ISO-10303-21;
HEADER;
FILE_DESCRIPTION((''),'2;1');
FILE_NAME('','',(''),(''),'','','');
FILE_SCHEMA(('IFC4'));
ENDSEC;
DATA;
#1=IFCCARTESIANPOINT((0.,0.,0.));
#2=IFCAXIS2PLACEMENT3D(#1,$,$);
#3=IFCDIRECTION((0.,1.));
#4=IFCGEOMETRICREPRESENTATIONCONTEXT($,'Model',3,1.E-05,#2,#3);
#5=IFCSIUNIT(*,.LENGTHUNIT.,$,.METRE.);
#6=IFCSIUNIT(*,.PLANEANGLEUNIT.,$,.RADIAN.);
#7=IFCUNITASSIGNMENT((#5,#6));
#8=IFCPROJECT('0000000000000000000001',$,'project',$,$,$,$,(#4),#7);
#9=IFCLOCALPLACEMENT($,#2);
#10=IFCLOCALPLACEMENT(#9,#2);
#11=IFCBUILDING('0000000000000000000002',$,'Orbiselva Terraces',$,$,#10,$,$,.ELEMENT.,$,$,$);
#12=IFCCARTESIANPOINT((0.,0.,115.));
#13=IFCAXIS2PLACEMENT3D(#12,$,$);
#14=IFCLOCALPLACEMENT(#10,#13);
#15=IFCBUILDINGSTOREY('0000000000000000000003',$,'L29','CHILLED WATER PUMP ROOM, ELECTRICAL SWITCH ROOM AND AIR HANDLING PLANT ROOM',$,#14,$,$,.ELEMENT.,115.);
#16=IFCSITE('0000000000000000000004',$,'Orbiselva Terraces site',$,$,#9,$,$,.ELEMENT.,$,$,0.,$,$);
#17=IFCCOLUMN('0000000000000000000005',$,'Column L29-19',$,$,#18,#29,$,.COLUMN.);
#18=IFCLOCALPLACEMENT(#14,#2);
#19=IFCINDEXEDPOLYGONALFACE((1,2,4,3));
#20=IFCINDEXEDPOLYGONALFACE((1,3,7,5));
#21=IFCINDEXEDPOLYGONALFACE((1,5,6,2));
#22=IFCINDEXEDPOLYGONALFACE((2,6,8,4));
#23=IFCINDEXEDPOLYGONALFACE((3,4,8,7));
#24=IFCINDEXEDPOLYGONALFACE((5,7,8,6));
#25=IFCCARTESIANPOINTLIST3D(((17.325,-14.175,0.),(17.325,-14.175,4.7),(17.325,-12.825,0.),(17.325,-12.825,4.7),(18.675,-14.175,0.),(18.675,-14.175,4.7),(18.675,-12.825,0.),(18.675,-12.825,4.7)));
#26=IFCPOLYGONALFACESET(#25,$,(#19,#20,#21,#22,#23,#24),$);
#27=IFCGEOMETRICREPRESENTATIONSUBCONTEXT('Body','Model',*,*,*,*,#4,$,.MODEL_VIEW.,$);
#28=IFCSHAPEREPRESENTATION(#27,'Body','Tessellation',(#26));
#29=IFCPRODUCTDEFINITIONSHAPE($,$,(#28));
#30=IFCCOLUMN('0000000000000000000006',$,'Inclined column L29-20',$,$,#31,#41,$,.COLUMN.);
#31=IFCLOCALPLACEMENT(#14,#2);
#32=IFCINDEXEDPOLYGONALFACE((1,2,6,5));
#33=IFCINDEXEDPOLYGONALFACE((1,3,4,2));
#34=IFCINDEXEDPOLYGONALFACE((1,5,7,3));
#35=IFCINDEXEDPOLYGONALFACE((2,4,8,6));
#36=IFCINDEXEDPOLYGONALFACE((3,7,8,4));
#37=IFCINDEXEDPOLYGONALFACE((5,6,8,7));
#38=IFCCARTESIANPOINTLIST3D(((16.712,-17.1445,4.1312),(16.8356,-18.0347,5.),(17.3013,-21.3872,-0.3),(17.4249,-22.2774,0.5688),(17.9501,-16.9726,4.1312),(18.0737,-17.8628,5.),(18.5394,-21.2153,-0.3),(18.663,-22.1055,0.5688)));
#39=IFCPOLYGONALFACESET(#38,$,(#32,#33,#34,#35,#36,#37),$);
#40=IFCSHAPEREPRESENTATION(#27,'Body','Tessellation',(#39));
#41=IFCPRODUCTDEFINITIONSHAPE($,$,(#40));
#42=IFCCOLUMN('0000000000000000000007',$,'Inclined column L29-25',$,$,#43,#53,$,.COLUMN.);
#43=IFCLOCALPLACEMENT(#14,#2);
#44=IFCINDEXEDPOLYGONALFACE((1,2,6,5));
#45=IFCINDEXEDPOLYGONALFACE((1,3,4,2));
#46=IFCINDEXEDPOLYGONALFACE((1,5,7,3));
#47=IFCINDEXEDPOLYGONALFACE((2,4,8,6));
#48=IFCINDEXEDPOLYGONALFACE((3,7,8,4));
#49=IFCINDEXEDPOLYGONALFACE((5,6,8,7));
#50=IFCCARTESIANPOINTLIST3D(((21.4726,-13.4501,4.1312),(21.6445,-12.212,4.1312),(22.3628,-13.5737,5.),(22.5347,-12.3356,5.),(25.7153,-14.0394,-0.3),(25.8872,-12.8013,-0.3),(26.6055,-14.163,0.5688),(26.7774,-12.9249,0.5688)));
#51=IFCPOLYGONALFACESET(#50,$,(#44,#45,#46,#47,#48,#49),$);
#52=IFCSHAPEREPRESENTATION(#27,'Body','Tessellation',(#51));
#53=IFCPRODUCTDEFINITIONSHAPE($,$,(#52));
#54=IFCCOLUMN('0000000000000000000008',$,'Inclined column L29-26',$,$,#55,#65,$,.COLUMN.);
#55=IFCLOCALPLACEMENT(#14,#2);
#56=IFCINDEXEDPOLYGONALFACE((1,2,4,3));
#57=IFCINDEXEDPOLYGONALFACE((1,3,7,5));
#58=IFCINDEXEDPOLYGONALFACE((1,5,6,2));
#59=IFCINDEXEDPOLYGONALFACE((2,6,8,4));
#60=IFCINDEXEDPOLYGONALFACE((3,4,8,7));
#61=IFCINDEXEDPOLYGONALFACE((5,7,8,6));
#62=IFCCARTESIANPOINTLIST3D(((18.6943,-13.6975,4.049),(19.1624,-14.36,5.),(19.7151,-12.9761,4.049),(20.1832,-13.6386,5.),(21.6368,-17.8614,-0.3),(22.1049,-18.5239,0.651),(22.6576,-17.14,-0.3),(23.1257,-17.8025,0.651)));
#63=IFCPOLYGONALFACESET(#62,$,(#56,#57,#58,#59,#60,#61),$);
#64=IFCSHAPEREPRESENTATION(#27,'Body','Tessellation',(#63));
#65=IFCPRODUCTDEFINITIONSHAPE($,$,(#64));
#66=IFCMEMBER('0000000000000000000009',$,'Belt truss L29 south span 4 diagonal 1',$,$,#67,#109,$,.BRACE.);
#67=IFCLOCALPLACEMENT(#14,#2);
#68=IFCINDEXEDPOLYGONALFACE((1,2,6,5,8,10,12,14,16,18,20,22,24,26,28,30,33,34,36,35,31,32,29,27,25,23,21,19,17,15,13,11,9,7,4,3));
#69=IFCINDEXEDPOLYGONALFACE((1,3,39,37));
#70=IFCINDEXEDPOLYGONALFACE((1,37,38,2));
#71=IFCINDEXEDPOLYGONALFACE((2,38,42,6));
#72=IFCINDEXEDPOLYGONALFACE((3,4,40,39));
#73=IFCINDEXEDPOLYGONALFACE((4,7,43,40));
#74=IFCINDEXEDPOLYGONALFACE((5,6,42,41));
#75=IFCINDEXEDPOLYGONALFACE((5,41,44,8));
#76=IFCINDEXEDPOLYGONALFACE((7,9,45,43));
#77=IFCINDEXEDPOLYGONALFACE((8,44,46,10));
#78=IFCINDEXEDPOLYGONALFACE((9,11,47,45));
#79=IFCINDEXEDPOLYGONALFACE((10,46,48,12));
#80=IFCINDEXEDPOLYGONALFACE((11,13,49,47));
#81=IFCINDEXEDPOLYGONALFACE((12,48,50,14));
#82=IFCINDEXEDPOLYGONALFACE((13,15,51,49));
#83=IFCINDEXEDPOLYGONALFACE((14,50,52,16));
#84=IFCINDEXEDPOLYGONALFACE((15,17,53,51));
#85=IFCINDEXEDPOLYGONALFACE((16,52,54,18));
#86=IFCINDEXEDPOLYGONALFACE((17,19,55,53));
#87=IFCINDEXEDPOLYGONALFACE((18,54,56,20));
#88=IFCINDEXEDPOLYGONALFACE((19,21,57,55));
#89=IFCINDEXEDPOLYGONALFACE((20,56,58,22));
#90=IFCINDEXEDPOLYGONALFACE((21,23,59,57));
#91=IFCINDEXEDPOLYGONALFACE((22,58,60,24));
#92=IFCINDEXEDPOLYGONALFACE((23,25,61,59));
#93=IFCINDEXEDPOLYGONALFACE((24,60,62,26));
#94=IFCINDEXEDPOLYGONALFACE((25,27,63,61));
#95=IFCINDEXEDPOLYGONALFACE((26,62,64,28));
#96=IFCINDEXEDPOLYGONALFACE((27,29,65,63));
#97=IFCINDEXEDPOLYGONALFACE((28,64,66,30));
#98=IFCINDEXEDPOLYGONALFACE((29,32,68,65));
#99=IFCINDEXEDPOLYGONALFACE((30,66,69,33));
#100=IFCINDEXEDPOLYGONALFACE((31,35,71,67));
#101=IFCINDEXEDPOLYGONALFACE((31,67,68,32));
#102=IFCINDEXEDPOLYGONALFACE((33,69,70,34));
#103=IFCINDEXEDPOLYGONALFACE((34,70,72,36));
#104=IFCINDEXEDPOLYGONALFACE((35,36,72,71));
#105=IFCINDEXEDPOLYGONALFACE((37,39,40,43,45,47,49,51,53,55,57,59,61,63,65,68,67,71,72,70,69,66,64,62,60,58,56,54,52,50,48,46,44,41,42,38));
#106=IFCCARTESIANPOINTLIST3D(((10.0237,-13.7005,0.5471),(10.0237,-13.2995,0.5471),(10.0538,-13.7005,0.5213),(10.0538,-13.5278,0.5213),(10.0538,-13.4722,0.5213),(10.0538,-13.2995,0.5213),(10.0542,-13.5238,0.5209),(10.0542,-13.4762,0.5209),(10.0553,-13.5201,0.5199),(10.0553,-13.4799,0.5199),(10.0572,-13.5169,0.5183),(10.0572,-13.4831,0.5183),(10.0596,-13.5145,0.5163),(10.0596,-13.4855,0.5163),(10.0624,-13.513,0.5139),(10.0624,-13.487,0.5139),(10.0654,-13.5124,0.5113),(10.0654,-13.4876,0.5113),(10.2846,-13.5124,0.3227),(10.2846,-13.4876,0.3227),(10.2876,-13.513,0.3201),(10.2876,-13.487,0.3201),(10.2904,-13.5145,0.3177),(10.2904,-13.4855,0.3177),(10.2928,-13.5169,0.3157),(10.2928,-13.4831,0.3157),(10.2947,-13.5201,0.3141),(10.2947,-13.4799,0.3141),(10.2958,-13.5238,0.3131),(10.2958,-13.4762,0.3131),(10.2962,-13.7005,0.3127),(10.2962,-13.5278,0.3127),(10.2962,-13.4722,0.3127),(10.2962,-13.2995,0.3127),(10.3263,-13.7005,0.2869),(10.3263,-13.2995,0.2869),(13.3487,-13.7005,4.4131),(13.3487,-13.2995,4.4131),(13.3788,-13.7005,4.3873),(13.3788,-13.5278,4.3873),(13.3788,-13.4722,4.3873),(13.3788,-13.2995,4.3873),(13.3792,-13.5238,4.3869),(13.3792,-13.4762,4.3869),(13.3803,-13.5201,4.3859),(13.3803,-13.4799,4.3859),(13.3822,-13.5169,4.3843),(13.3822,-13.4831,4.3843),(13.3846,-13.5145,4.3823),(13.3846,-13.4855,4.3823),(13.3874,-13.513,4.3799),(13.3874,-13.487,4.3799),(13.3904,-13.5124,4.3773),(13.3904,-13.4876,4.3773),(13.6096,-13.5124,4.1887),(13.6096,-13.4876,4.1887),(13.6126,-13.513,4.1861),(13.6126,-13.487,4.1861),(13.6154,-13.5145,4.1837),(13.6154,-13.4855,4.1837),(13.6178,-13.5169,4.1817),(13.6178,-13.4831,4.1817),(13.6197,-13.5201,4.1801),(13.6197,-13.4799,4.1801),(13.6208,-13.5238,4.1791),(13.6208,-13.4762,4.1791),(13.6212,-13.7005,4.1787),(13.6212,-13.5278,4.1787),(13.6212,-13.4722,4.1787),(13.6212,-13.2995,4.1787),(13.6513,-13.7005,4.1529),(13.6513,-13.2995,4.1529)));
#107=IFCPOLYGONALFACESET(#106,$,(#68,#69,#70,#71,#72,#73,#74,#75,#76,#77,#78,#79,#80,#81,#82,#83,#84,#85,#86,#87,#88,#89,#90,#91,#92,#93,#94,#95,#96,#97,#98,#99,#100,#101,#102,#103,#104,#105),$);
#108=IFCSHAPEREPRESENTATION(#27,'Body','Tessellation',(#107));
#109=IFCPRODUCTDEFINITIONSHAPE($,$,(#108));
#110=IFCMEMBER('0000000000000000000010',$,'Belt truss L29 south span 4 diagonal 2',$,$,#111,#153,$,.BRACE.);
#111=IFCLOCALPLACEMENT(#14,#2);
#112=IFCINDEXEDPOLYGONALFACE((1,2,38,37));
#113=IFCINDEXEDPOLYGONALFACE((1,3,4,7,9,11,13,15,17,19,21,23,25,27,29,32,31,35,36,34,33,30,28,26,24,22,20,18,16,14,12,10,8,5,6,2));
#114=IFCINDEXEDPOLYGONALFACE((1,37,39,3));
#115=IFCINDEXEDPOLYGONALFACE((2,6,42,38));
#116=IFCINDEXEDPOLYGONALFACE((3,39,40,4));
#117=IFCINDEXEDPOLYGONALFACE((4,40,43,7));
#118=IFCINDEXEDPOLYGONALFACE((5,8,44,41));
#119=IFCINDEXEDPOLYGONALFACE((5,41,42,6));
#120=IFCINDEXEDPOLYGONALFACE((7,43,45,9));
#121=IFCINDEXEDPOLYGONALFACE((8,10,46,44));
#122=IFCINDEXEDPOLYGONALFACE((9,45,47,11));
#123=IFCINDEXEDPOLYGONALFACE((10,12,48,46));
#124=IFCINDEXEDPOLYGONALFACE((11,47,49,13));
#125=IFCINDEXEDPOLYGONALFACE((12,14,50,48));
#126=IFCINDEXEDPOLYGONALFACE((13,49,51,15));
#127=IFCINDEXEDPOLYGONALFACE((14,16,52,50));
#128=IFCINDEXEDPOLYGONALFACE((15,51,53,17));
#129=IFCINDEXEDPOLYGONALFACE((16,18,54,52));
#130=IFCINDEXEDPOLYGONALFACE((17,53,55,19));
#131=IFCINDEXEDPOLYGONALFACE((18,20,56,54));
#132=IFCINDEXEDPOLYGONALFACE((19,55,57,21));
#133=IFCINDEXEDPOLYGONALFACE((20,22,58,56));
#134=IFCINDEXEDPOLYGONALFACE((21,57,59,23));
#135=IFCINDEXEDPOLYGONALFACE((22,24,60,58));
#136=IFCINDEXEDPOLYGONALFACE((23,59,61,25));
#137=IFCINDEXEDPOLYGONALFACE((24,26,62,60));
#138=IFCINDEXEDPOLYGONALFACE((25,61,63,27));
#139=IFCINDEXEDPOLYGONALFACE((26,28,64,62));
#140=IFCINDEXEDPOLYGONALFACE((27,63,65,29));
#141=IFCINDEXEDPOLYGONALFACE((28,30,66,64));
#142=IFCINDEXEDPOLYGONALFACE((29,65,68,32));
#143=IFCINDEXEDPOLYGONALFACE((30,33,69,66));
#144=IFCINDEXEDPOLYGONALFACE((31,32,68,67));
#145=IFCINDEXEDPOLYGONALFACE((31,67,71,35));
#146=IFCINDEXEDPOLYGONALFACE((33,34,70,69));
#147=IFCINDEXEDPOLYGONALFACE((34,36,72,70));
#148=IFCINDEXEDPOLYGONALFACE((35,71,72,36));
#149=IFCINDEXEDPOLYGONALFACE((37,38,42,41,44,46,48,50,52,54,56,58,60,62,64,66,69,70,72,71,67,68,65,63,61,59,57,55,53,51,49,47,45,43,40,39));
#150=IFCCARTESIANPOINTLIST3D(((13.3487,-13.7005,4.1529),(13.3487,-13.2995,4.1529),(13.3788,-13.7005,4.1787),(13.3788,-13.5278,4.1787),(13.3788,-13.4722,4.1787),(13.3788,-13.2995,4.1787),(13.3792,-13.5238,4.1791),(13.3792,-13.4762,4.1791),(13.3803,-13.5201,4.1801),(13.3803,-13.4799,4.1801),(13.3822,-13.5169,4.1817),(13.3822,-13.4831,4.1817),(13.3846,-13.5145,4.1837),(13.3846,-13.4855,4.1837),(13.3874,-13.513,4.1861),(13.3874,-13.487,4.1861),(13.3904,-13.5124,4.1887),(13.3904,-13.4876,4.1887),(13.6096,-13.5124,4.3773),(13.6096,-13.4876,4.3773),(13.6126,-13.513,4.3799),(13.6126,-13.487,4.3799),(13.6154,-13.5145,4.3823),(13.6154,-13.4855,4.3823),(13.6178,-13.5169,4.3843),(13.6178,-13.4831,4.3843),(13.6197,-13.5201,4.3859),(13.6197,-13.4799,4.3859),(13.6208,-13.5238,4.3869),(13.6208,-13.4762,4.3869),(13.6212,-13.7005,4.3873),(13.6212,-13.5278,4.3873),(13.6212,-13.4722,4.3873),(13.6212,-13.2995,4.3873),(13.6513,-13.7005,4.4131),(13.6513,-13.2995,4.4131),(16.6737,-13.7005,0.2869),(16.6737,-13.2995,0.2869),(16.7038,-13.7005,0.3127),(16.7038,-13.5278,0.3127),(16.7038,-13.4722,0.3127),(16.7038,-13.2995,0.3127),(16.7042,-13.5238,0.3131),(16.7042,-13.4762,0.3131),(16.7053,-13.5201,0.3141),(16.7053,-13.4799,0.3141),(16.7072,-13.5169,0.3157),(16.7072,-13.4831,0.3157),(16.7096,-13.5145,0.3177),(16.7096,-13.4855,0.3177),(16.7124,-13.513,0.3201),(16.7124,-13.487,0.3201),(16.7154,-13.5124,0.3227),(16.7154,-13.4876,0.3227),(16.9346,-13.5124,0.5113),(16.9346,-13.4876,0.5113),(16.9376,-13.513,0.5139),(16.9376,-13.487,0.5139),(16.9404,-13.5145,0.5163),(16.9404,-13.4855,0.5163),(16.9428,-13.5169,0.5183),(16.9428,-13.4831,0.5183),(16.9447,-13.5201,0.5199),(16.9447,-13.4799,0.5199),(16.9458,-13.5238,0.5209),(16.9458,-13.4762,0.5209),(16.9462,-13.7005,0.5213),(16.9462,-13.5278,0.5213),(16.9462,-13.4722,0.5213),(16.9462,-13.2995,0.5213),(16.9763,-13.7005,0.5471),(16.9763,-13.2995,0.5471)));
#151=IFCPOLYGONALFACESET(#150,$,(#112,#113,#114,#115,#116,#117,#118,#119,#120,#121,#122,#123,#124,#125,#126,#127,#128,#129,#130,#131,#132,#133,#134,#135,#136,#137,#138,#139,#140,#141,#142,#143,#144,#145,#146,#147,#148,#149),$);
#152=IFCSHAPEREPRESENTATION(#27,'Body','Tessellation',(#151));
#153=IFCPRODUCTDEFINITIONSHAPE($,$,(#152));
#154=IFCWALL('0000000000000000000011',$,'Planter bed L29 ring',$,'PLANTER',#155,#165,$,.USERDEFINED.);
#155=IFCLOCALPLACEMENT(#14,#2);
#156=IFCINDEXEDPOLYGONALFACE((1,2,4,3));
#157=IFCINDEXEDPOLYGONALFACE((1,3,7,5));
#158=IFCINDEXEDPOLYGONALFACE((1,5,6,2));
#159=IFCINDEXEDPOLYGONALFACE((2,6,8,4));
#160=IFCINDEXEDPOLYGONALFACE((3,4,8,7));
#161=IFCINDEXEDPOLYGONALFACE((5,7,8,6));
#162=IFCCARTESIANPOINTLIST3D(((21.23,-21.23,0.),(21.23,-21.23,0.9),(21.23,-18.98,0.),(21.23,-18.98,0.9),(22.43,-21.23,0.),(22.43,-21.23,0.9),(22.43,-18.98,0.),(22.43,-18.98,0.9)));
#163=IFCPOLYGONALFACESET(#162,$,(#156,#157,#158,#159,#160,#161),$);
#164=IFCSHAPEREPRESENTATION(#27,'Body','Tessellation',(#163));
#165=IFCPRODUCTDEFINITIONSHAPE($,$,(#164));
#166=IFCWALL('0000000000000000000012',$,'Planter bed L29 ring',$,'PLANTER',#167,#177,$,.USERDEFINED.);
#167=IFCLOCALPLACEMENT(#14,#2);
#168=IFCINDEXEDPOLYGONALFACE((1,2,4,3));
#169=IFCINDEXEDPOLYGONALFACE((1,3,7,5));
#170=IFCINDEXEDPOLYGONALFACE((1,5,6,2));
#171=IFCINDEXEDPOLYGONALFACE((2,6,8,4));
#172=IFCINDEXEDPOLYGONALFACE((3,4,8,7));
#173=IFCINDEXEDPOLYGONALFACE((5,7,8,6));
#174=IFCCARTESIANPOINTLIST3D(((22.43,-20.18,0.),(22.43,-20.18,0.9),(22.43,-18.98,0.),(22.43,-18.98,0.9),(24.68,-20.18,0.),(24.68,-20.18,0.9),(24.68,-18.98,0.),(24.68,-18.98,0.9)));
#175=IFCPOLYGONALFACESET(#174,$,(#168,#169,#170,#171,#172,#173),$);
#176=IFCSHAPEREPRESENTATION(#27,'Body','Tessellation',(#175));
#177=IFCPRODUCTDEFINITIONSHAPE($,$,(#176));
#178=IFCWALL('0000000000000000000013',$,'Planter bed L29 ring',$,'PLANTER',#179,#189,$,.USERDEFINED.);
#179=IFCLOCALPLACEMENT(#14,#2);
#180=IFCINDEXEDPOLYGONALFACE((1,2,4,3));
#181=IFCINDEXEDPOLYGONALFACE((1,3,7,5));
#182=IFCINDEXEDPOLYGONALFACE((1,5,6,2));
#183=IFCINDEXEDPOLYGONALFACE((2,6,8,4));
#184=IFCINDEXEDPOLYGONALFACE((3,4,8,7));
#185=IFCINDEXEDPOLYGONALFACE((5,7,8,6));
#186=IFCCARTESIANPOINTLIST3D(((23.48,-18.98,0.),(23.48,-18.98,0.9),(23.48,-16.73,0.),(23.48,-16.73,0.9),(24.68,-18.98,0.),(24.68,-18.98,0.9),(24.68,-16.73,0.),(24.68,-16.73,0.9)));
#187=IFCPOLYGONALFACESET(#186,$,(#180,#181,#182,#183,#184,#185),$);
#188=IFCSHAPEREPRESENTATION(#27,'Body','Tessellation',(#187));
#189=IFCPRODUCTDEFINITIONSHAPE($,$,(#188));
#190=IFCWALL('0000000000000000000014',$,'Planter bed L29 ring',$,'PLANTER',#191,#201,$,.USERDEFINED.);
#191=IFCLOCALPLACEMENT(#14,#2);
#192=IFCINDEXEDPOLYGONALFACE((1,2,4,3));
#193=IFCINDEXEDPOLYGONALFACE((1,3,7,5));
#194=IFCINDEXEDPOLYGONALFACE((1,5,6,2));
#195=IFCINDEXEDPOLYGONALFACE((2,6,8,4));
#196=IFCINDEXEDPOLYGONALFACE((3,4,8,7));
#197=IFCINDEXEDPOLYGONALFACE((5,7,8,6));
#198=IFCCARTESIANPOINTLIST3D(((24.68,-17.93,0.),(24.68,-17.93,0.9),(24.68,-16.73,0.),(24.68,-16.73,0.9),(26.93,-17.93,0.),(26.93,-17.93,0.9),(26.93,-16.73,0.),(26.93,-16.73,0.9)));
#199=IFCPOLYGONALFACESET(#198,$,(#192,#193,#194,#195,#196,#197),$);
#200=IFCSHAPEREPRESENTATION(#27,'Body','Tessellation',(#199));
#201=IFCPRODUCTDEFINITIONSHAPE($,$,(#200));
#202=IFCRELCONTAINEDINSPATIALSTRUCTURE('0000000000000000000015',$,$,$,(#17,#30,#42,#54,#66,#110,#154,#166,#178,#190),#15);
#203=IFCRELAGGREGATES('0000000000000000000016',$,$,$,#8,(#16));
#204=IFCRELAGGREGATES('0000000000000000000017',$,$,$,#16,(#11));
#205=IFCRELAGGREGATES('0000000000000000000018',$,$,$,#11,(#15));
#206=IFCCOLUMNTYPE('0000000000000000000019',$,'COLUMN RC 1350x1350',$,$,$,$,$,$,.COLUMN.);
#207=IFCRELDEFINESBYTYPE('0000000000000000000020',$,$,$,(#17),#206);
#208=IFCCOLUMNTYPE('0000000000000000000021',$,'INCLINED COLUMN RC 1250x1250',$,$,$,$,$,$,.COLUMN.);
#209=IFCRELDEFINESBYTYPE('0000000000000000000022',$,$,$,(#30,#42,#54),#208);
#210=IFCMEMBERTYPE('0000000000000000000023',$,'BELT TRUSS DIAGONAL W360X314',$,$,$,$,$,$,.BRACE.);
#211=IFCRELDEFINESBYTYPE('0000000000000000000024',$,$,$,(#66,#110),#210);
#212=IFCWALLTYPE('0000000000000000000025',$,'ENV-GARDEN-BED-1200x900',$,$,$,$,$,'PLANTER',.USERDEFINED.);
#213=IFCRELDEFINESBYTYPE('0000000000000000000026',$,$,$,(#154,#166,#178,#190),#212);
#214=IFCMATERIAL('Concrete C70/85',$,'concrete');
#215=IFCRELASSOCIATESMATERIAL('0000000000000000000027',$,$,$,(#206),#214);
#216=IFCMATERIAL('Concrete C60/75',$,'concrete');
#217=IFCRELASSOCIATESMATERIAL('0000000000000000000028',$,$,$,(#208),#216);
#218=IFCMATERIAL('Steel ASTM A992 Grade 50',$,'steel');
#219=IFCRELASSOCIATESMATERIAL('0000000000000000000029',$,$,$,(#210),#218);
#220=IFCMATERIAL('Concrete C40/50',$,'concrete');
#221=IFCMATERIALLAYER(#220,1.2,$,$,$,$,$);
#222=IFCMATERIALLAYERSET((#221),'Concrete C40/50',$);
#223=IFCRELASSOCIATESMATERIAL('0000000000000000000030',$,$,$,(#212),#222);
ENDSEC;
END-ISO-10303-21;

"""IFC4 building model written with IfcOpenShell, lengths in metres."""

from ifc_helpers import new_model, si_unit, direction, frame, frame_2d, origin, origin_2d, place, context, subcontext, project, spatial, rectangle, i_section, extrude, material, layer, layer_set, material_profile, profile_set, type_object, element, save


model = new_model("IFC4")

# Units and contexts
model_context = context("Model", 3, precision=1e-05, world=origin(), true_north=direction((0.0, 1.0)))
body_context = subcontext(model_context, "Body", "Model", "MODEL_VIEW")
ifc_project = project(units=[si_unit("LENGTHUNIT", "METRE"), si_unit("PLANEANGLEUNIT", "RADIAN")], contexts=[model_context])

# Site, building, storey
site_placement = place(None, origin())
site = spatial("IfcSite", under=ifc_project, at=site_placement, Name="Orbiselva Terraces site", CompositionType="ELEMENT", RefElevation=0.0)
building_placement = place(site_placement, origin())
building = spatial("IfcBuilding", under=site, at=building_placement, Name="Orbiselva Terraces", CompositionType="ELEMENT")
storey_placement = place(building_placement, frame((0.0, 0.0, 115.0)))
storey = spatial("IfcBuildingStorey", under=building, at=storey_placement, Name="L29", Description="CHILLED WATER PUMP ROOM, ELECTRICAL SWITCH ROOM AND AIR HANDLING PLANT ROOM", CompositionType="ELEMENT", Elevation=115.0)

# Columns
ifc_material_1 = material(Name="Concrete C70/85", Category="concrete")
ifc_material_profile_1 = material_profile(ifc_material_1, rectangle(XDim=1.35, YDim=1.35, at=origin_2d()), Name="RC 1350x1350")
ifc_profile_set_1 = profile_set([ifc_material_profile_1], Name="Concrete C70/85")
column_type_1 = type_object("IfcColumnType", Name="COLUMN RC 1350x1350", PredefinedType="COLUMN", material=ifc_profile_set_1)
column_1_placement = place(storey_placement, frame((18.0, -13.5, 0.0), z_axis=(0.0, 0.0, 1.0), x_axis=(1.0, 0.0, 0.0)))
element("IfcColumn", 1, at=column_1_placement, inside=storey, type_object=column_type_1, Name="Column L29-19", PredefinedType="COLUMN", context=body_context, shape_type="SweptSolid", body=[
    extrude(rectangle(XDim=1.35, YDim=1.35, at=origin_2d()), origin(), (0.0, 0.0, 1.0), 4.7),
])
ifc_material_2 = material(Name="Concrete C60/75", Category="concrete")
ifc_material_profile_2 = material_profile(ifc_material_2, rectangle(XDim=1.25, YDim=1.25, at=origin_2d()), Name="RC 1250x1250")
ifc_profile_set_2 = profile_set([ifc_material_profile_2], Name="Concrete C60/75")
column_type_2 = type_object("IfcColumnType", Name="INCLINED COLUMN RC 1250x1250", PredefinedType="COLUMN", material=ifc_profile_set_2)
for number, where, z_axis, x_axis, name in (
    (2, (17.9821, -21.7463, 0.1344), (-0.095612, 0.688403, 0.718999), (-0.990492, -0.137568, 0.0), "Inclined column L29-20"),
    (3, (26.2463, -13.4821, 0.1344), (-0.688403, 0.095612, 0.718999), (-0.137568, -0.990492, 0.0), "Inclined column L29-25"),
):
    element("IfcColumn", number, at=place(storey_placement, frame(where, z_axis=z_axis, x_axis=x_axis)), inside=storey, type_object=column_type_2, Name=name, PredefinedType="COLUMN", context=body_context, shape_type="SweptSolid", body=[
        extrude(rectangle(XDim=1.25, YDim=1.25, at=origin_2d()), origin(), (0.0, 0.0, 1.0), 6.1631),
    ])
column_2_placement = place(storey_placement, frame((22.3812, -17.832, 0.1755), z_axis=(-0.439081, 0.621341, 0.648956), x_axis=(-0.816666, -0.57711, 0.0)))
element("IfcColumn", 4, at=column_2_placement, inside=storey, type_object=column_type_2, Name="Inclined column L29-26", PredefinedType="COLUMN", context=body_context, shape_type="SweptSolid", body=[
    extrude(rectangle(XDim=1.25, YDim=1.25, at=origin_2d()), origin(), (0.0, 0.0, 1.0), 6.7015),
])

# Members
ifc_material_3 = material(Name="Steel ASTM A992 Grade 50", Category="steel")
ifc_material_profile_3 = material_profile(ifc_material_3, i_section(OverallWidth=0.401, OverallDepth=0.399, WebThickness=0.0249, FlangeThickness=0.0396, FilletRadius=0.0153, at=origin_2d()), Name="W360X314")
ifc_profile_set_3 = profile_set([ifc_material_profile_3], Name="Steel ASTM A992 Grade 50")
member_type = type_object("IfcMemberType", Name="BELT TRUSS DIAGONAL W360X314", PredefinedType="BRACE", material=ifc_profile_set_3)
for number, where, z_axis, x_axis, name in (
    (5, (10.175, -13.5, 0.417), (0.652066, 0.0, 0.758162), (0.0, 1.0, 0.0), "Belt truss L29 south span 4 diagonal 1"),
    (6, (13.5, -13.5, 4.283), (0.652066, 0.0, -0.758162), (0.0, 1.0, 0.0), "Belt truss L29 south span 4 diagonal 2"),
):
    element("IfcMember", number, at=place(storey_placement, frame(where, z_axis=z_axis, x_axis=x_axis)), inside=storey, type_object=member_type, Name=name, PredefinedType="BRACE", context=body_context, shape_type="SweptSolid", body=[
        extrude(i_section(OverallWidth=0.401, OverallDepth=0.399, WebThickness=0.0249, FlangeThickness=0.0396, FilletRadius=0.0153, at=origin_2d()), origin(), (0.0, 0.0, 1.0), 5.0992),
    ])

# Walls
ifc_material_4 = material(Name="Concrete C40/50", Category="concrete")
ifc_layer_1 = layer(ifc_material_4, 1.2)
ifc_layer_set_1 = layer_set([ifc_layer_1], Name="Concrete C40/50")
wall_type_1 = type_object("IfcWallType", Name="ENV-GARDEN-BED-1200x900", ElementType="PLANTER", PredefinedType="USERDEFINED", material=ifc_layer_set_1)
for number, where, z_axis, x_axis, name in (
    (7, (21.83, -21.23, 0.0), (0.0, 0.0, 1.0), (0.0, 1.0, 0.0), "Planter bed L29 ring"),
    (8, (22.43, -19.58, 0.0), (0.0, 0.0, 1.0), (1.0, 0.0, 0.0), "Planter bed L29 ring"),
    (9, (24.08, -18.98, 0.0), (0.0, 0.0, 1.0), (0.0, 1.0, 0.0), "Planter bed L29 ring"),
    (10, (24.68, -17.33, 0.0), (0.0, 0.0, 1.0), (1.0, 0.0, 0.0), "Planter bed L29 ring"),
):
    element("IfcWall", number, at=place(storey_placement, frame(where, z_axis=z_axis, x_axis=x_axis)), inside=storey, type_object=wall_type_1, Name=name, ObjectType="PLANTER", PredefinedType="USERDEFINED", context=body_context, shape_type="SweptSolid", body=[
        extrude(rectangle(XDim=2.25, YDim=1.2, at=frame_2d((1.125, 0.0))), origin(), (0.0, 0.0, 1.0), 0.9),
    ])

save(model, "model.ifc")
